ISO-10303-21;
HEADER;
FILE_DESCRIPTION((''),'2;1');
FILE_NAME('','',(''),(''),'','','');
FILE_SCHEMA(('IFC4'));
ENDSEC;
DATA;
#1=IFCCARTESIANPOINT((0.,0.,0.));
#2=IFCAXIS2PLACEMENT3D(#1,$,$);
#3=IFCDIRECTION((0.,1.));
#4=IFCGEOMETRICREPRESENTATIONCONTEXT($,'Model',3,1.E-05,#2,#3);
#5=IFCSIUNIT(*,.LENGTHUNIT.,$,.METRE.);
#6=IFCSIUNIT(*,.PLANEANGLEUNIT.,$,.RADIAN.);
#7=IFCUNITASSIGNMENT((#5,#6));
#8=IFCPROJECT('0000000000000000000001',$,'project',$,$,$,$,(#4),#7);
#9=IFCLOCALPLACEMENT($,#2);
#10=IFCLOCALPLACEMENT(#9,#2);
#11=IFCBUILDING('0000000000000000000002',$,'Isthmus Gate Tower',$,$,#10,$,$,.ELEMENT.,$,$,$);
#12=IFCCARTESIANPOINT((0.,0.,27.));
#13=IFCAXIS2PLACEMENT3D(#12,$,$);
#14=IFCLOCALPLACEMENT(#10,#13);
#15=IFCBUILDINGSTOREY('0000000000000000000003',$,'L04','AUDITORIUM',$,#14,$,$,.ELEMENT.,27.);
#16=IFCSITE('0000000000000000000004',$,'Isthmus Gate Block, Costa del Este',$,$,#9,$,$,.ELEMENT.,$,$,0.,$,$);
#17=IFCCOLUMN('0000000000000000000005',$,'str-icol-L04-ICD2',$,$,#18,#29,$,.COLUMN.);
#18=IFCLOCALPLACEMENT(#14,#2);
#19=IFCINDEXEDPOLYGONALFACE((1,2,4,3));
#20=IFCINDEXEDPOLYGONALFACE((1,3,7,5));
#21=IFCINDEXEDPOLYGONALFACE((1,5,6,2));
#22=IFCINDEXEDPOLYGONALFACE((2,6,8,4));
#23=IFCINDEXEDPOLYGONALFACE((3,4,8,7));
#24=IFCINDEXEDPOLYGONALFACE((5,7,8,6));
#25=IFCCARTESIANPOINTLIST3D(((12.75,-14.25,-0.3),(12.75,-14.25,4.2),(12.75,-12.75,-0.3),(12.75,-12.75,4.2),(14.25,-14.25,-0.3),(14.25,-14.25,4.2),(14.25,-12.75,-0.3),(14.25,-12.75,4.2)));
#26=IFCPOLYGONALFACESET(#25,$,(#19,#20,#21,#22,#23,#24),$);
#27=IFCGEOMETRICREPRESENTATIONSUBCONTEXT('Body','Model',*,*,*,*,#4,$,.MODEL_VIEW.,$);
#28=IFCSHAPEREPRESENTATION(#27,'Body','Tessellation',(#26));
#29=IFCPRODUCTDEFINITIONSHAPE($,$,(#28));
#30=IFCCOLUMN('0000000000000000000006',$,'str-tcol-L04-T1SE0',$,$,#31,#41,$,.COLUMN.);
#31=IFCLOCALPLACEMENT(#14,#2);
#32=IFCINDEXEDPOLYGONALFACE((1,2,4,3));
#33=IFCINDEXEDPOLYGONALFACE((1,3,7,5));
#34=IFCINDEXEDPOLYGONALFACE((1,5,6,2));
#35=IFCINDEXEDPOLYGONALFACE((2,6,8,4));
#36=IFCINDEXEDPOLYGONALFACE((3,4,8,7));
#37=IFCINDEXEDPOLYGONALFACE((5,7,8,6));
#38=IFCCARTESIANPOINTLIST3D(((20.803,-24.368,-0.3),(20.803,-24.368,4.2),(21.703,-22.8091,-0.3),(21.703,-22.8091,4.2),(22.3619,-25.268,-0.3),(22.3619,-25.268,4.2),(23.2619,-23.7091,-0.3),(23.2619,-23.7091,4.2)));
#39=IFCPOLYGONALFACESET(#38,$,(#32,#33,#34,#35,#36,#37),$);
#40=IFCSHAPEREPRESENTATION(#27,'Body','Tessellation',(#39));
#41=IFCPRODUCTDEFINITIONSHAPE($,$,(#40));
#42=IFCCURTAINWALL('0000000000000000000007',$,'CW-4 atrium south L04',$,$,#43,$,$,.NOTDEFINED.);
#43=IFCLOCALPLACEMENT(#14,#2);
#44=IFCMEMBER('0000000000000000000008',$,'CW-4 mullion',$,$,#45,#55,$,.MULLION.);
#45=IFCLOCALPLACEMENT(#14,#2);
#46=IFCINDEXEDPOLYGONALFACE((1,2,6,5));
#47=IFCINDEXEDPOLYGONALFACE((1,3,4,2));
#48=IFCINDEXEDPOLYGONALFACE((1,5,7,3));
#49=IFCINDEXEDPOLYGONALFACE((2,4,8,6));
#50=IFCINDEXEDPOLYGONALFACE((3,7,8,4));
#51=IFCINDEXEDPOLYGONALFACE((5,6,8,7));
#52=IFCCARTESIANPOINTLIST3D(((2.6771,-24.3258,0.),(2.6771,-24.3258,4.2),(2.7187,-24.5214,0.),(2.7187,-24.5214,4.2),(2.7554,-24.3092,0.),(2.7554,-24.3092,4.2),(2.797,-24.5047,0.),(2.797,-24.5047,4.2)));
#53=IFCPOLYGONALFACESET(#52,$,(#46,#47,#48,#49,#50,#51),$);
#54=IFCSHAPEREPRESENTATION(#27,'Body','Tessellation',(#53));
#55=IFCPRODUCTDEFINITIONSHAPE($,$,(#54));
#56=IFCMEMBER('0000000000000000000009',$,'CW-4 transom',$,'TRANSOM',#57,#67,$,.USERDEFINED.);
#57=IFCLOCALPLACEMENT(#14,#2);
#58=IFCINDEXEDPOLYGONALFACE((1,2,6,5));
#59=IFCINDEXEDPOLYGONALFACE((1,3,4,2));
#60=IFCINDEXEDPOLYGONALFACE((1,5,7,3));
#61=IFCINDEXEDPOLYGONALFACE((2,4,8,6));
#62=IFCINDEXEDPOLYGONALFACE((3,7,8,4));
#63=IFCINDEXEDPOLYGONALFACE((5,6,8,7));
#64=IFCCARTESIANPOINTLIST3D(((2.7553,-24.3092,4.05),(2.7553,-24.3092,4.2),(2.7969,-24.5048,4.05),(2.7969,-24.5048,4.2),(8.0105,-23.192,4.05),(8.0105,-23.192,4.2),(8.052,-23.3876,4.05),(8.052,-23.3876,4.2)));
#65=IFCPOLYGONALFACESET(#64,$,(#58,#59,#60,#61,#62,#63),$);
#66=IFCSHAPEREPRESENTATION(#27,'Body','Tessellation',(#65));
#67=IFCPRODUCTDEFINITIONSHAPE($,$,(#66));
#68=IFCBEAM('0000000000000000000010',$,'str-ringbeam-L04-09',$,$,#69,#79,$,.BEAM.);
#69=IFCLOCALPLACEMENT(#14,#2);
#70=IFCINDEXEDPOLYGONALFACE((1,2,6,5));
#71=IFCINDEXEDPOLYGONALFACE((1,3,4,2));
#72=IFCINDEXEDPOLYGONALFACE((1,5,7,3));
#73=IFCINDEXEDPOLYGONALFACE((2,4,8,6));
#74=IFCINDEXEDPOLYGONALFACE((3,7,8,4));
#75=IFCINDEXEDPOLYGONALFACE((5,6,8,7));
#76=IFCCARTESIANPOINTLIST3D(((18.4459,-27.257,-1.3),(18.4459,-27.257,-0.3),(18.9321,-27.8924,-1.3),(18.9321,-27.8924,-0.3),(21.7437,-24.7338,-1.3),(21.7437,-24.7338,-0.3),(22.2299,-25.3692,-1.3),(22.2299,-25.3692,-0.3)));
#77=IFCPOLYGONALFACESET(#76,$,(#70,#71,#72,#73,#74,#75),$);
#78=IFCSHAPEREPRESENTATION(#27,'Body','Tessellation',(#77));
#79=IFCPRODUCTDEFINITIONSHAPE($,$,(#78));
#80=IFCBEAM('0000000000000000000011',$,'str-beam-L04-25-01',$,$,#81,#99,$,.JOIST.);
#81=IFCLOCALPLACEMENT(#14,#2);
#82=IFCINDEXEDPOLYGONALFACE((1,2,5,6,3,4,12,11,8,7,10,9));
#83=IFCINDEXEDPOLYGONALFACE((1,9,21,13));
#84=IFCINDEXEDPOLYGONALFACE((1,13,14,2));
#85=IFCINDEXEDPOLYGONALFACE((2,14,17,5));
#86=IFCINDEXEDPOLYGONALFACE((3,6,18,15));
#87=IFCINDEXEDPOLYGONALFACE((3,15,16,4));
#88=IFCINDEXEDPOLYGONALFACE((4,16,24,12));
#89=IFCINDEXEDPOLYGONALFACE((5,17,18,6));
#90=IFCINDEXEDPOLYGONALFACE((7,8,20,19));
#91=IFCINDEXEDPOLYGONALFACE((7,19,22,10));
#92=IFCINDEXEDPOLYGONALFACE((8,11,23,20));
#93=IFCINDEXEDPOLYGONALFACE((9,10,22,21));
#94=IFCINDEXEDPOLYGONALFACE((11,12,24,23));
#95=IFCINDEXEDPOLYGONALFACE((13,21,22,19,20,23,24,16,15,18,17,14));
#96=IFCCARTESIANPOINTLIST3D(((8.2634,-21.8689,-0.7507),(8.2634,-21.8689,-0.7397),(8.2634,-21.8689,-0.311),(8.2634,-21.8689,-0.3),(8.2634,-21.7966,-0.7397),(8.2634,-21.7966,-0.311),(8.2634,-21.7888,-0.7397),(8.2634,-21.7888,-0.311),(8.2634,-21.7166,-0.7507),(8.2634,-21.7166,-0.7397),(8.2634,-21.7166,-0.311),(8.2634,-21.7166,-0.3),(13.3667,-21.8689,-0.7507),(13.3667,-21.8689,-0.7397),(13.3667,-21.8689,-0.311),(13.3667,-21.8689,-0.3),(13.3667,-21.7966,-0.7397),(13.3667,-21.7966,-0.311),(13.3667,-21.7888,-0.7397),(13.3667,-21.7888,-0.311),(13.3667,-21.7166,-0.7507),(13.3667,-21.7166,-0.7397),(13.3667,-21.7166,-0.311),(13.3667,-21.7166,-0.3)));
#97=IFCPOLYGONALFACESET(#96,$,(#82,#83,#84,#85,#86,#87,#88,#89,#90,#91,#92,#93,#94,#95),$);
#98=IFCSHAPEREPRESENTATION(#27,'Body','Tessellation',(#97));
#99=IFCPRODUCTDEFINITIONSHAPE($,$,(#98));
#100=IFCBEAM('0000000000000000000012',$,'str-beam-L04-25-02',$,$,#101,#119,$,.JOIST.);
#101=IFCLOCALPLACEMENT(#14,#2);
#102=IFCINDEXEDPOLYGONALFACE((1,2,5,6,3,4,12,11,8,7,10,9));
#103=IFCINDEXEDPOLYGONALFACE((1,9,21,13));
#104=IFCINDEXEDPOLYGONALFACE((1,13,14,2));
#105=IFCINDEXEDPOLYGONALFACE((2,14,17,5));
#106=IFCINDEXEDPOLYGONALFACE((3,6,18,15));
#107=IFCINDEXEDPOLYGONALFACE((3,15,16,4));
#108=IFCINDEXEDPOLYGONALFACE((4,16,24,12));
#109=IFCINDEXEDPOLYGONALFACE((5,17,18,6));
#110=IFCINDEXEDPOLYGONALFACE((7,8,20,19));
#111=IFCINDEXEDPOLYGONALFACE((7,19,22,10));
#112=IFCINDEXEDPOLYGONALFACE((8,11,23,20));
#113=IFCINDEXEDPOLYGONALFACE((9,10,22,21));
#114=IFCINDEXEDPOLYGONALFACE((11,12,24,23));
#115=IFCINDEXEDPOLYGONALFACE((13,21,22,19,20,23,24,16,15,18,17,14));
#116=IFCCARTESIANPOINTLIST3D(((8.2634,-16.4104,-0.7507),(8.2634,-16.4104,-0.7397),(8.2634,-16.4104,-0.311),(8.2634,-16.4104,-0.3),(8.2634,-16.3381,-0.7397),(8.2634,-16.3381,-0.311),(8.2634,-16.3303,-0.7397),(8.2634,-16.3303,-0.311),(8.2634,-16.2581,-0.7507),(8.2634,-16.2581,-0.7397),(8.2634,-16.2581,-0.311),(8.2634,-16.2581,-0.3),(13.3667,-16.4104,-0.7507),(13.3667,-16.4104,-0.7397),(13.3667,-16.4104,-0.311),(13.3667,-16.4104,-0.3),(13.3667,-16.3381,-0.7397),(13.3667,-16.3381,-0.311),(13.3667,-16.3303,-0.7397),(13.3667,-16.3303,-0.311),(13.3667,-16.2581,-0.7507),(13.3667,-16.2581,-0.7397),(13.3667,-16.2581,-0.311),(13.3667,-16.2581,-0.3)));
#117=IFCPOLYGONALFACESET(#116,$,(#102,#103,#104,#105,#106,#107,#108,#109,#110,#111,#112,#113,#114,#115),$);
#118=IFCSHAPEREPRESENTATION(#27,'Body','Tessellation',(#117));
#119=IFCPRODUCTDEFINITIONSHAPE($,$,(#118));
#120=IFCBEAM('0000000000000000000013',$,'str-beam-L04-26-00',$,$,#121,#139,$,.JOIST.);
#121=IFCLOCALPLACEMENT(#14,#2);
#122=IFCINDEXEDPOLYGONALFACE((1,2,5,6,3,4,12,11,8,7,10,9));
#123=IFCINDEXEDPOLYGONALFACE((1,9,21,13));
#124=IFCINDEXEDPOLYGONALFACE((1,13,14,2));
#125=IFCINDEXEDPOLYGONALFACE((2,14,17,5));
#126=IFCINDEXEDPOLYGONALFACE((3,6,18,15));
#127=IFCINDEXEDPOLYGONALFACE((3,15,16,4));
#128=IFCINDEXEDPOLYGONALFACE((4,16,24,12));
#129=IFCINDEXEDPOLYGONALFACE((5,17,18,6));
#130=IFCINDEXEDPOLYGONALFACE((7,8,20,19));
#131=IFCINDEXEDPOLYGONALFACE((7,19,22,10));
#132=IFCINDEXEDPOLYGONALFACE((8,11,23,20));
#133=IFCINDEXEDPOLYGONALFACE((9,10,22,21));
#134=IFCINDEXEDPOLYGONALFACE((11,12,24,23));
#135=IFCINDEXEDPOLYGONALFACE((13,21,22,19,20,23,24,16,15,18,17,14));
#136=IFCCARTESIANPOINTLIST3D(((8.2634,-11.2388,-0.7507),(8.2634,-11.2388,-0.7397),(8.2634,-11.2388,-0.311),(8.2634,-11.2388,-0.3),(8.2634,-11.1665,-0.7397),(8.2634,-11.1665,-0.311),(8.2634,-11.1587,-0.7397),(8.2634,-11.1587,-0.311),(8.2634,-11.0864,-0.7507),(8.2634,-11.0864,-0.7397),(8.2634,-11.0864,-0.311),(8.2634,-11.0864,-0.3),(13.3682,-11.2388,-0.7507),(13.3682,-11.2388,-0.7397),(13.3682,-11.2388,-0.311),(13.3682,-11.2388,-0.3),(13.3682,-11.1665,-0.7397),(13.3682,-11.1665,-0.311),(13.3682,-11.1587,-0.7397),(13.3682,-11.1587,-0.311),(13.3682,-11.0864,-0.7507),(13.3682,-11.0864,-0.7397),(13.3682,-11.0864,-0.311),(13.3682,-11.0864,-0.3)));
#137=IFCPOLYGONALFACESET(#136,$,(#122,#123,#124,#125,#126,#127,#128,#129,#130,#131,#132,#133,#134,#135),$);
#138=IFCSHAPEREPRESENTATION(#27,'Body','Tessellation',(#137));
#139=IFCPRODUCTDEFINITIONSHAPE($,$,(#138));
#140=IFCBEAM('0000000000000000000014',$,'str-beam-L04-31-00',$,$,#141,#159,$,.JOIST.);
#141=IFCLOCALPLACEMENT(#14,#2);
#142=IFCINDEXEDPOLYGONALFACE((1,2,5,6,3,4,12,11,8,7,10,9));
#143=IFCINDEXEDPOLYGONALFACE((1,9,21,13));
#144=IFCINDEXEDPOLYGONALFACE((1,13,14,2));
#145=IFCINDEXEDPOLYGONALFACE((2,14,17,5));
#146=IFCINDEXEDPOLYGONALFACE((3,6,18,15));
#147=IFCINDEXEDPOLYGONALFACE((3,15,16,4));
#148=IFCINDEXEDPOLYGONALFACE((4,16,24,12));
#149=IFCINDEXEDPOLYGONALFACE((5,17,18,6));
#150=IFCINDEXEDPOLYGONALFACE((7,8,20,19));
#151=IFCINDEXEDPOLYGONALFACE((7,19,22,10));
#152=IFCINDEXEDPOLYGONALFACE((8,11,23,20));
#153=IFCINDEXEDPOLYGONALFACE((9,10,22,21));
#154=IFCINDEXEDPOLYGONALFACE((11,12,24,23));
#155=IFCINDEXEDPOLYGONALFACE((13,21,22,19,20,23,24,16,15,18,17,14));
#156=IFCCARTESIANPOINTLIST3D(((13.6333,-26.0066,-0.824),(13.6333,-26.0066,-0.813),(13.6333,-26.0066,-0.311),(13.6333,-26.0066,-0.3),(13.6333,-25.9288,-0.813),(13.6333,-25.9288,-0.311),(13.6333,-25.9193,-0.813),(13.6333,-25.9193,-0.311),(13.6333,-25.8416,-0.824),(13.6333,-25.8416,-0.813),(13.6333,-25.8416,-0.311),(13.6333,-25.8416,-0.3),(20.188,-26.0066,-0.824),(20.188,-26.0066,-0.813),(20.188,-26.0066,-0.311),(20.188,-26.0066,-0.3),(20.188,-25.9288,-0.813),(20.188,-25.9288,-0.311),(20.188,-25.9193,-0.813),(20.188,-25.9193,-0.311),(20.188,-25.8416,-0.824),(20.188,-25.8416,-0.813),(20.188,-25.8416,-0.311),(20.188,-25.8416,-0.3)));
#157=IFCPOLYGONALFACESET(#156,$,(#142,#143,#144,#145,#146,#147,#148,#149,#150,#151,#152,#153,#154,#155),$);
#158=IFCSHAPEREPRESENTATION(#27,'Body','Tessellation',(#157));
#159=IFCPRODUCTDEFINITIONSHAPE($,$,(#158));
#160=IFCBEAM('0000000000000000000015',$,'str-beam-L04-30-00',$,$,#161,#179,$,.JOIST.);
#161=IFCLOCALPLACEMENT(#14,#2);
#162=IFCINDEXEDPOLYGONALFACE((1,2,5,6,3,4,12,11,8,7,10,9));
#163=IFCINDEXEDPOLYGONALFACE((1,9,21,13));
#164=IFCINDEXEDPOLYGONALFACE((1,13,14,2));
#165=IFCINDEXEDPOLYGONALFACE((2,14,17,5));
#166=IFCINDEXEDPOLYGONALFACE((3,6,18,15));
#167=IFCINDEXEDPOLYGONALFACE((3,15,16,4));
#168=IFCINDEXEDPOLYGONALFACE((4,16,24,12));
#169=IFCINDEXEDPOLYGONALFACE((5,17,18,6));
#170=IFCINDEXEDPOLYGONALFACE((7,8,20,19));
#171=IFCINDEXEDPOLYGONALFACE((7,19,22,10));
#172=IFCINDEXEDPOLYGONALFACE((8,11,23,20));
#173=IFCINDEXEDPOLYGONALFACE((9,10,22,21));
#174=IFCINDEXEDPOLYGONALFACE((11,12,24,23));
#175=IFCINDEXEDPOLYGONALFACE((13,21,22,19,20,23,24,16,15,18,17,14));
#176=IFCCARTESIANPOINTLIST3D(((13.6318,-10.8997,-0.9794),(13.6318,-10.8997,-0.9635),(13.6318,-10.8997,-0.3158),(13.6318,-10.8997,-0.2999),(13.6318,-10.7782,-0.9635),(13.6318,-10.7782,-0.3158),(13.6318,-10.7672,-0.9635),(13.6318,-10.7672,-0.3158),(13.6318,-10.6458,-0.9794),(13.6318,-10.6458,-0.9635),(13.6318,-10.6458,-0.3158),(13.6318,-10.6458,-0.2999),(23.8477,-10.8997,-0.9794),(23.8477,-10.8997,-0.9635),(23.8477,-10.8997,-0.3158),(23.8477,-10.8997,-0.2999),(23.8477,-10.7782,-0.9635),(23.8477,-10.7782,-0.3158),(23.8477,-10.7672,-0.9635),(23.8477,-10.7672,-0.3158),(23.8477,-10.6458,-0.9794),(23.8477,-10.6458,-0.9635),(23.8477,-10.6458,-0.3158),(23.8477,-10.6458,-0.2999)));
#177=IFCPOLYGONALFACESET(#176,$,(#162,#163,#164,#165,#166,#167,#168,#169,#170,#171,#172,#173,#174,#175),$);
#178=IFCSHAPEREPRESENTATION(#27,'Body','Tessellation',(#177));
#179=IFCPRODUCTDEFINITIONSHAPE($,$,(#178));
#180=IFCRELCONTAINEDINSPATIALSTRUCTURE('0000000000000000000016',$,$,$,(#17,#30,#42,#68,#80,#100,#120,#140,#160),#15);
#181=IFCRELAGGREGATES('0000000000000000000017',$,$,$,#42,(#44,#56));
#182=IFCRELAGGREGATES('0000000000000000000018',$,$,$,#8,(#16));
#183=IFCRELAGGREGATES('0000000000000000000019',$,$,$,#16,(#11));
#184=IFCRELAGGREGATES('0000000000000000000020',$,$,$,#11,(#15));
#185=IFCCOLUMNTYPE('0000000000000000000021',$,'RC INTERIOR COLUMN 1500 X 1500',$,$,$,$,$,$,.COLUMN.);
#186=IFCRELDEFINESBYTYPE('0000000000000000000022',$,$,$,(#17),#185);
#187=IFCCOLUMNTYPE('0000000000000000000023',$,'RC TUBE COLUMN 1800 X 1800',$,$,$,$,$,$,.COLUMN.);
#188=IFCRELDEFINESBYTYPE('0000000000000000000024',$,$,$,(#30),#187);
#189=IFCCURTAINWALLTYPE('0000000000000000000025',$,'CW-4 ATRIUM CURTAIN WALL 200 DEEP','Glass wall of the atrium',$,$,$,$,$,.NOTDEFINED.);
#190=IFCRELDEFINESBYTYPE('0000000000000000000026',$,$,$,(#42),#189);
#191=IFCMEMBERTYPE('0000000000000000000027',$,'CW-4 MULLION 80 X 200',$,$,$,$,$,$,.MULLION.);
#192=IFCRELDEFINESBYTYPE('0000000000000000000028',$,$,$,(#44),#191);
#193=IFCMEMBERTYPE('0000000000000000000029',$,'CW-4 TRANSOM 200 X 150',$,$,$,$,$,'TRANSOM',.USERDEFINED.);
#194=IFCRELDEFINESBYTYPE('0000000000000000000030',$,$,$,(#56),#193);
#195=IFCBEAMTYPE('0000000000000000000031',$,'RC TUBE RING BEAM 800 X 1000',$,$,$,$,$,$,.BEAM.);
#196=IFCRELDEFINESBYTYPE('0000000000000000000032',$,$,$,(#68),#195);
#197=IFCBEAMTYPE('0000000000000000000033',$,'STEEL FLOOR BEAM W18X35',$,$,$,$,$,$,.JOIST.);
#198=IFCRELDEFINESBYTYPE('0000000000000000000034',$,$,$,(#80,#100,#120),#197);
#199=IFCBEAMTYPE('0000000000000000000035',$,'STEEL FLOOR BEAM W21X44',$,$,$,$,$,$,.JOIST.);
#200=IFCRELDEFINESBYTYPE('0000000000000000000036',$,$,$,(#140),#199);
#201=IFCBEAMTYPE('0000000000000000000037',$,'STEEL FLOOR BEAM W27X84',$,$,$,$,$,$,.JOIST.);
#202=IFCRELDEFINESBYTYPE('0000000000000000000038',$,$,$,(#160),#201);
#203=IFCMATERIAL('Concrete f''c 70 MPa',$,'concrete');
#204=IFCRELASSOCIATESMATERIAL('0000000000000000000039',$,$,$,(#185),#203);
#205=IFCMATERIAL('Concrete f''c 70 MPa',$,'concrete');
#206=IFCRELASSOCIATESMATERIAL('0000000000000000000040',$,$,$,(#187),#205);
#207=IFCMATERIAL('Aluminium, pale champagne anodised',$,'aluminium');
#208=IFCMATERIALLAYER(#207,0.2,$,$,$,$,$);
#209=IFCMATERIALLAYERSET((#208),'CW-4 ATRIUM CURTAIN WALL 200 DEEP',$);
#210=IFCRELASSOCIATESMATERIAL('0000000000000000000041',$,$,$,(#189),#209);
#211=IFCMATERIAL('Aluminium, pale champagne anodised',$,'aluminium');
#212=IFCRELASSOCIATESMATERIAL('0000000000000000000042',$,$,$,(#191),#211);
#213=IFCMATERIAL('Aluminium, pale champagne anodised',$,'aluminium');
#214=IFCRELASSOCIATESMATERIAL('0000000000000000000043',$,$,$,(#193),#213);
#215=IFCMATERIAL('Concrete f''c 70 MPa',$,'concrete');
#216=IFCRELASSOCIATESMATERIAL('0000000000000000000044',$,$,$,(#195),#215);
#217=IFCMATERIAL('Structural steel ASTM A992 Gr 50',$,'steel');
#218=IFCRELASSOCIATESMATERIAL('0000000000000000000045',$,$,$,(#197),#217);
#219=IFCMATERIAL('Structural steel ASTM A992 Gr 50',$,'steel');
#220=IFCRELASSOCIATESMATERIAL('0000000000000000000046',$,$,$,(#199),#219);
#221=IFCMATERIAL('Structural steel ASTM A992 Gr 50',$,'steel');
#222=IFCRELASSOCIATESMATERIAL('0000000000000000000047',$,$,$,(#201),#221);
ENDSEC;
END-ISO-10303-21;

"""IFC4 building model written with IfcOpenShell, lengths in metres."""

from ifc_helpers import new_model, si_unit, direction, frame, origin, origin_2d, place, context, subcontext, project, spatial, rectangle, i_section, extrude, material, layer, layer_set, material_profile, profile_set, type_object, element, aggregate, save


model = new_model("IFC4")

# Units and contexts
model_context = context("Model", 3, precision=1e-05, world=origin(), true_north=direction((0.0, 1.0)))
body_context = subcontext(model_context, "Body", "Model", "MODEL_VIEW")
ifc_project = project(units=[si_unit("LENGTHUNIT", "METRE"), si_unit("PLANEANGLEUNIT", "RADIAN")], contexts=[model_context])

# Site, building, storey
site_placement = place(None, origin())
site = spatial("IfcSite", under=ifc_project, at=site_placement, Name="Isthmus Gate Block, Costa del Este", CompositionType="ELEMENT", RefElevation=0.0)
building_placement = place(site_placement, origin())
building = spatial("IfcBuilding", under=site, at=building_placement, Name="Isthmus Gate Tower", CompositionType="ELEMENT")
storey_placement = place(building_placement, frame((0.0, 0.0, 27.0)))
storey = spatial("IfcBuildingStorey", under=building, at=storey_placement, Name="L04", Description="AUDITORIUM", CompositionType="ELEMENT", Elevation=27.0)

# Columns
ifc_material_1 = material(Name="Concrete f'c 70 MPa", Category="concrete")
ifc_material_profile_1 = material_profile(ifc_material_1, rectangle(XDim=1.5, YDim=1.5, at=origin_2d()), Name="RC 1500X1500")
ifc_profile_set_1 = profile_set([ifc_material_profile_1], Name="Concrete f'c 70 MPa")
column_type_1 = type_object("IfcColumnType", Name="RC INTERIOR COLUMN 1500 X 1500", PredefinedType="COLUMN", material=ifc_profile_set_1)
column_1_placement = place(storey_placement, frame((13.5, -13.5, -0.3), z_axis=(0.0, 0.0, 1.0), x_axis=(1.0, 0.0, 0.0)))
element("IfcColumn", 1, at=column_1_placement, inside=storey, type_object=column_type_1, Name="str-icol-L04-ICD2", PredefinedType="COLUMN", context=body_context, shape_type="SweptSolid", body=[
    extrude(rectangle(XDim=1.5, YDim=1.5, at=origin_2d()), origin(), (0.0, 0.0, 1.0), 4.5),
])
ifc_material_2 = material(Name="Concrete f'c 70 MPa", Category="concrete")
ifc_material_profile_2 = material_profile(ifc_material_2, rectangle(XDim=1.8, YDim=1.8, at=origin_2d()), Name="RC 1800X1800")
ifc_profile_set_2 = profile_set([ifc_material_profile_2], Name="Concrete f'c 70 MPa")
column_type_2 = type_object("IfcColumnType", Name="RC TUBE COLUMN 1800 X 1800", PredefinedType="COLUMN", material=ifc_profile_set_2)
column_2_placement = place(storey_placement, frame((22.0325, -24.0386, -0.3), z_axis=(0.0, 0.0, 1.0), x_axis=(0.5, 0.866025, 0.0)))
element("IfcColumn", 2, at=column_2_placement, inside=storey, type_object=column_type_2, Name="str-tcol-L04-T1SE0", PredefinedType="COLUMN", context=body_context, shape_type="SweptSolid", body=[
    extrude(rectangle(XDim=1.8, YDim=1.8, at=origin_2d()), origin(), (0.0, 0.0, 1.0), 4.5),
])

# Curtain wall, members
ifc_material_3 = material(Name="Aluminium, pale champagne anodised", Category="aluminium")
ifc_layer_1 = layer(ifc_material_3, 0.2)
ifc_layer_set_1 = layer_set([ifc_layer_1], Name="CW-4 ATRIUM CURTAIN WALL 200 DEEP")
curtain_wall_type = type_object("IfcCurtainWallType", Name="CW-4 ATRIUM CURTAIN WALL 200 DEEP", Description="Glass wall of the atrium", PredefinedType="NOTDEFINED", material=ifc_layer_set_1)
curtain_wall_placement = place(storey_placement, origin())
curtain_wall = element("IfcCurtainWall", 3, at=curtain_wall_placement, inside=storey, type_object=curtain_wall_type, Name="CW-4 atrium south L04", PredefinedType="NOTDEFINED")
ifc_material_4 = material(Name="Aluminium, pale champagne anodised", Category="aluminium")
ifc_material_profile_3 = material_profile(ifc_material_4, rectangle(XDim=0.0801, YDim=0.2, at=origin_2d()), Name="80x200")
ifc_profile_set_3 = profile_set([ifc_material_profile_3], Name="Aluminium, pale champagne anodised")
member_type_1 = type_object("IfcMemberType", Name="CW-4 MULLION 80 X 200", PredefinedType="MULLION", material=ifc_profile_set_3)
member_1_placement = place(storey_placement, frame((2.7371, -24.4153, 0.0), z_axis=(0.0, 0.0, 1.0), x_axis=(0.978148, 0.207912, 0.0)))
member_1 = element("IfcMember", 4, at=member_1_placement, type_object=member_type_1, Name="CW-4 mullion", PredefinedType="MULLION", context=body_context, shape_type="SweptSolid", body=[
    extrude(rectangle(XDim=0.0801, YDim=0.2, at=origin_2d()), origin(), (0.0, 0.0, 1.0), 4.2),
])
ifc_material_5 = material(Name="Aluminium, pale champagne anodised", Category="aluminium")
ifc_material_profile_4 = material_profile(ifc_material_5, rectangle(XDim=0.2, YDim=0.1499, at=origin_2d()), Name="200x150")
ifc_profile_set_4 = profile_set([ifc_material_profile_4], Name="Aluminium, pale champagne anodised")
member_type_2 = type_object("IfcMemberType", Name="CW-4 TRANSOM 200 X 150", ElementType="TRANSOM", PredefinedType="USERDEFINED", material=ifc_profile_set_4)
member_2_placement = place(storey_placement, frame((2.7761, -24.407, 4.125), z_axis=(0.978141, 0.207943, 0.0), x_axis=(-0.207943, 0.978141, 0.0)))
member_2 = element("IfcMember", 5, at=member_2_placement, type_object=member_type_2, Name="CW-4 transom", ObjectType="TRANSOM", PredefinedType="USERDEFINED", context=body_context, shape_type="SweptSolid", body=[
    extrude(rectangle(XDim=0.2, YDim=0.1499, at=origin_2d()), origin(), (0.0, 0.0, 1.0), 5.3726),
])

# Beams
ifc_material_6 = material(Name="Concrete f'c 70 MPa", Category="concrete")
ifc_material_profile_5 = material_profile(ifc_material_6, rectangle(XDim=0.8, YDim=1.0, at=origin_2d()), Name="RC 800X1000")
ifc_profile_set_5 = profile_set([ifc_material_profile_5], Name="Concrete f'c 70 MPa")
beam_type_1 = type_object("IfcBeamType", Name="RC TUBE RING BEAM 800 X 1000", PredefinedType="BEAM", material=ifc_profile_set_5)
beam_1_placement = place(storey_placement, frame((21.9868, -25.0515, -0.8), z_axis=(-0.794206, -0.607649, 0.0), x_axis=(0.607649, -0.794206, 0.0)))
element("IfcBeam", 6, at=beam_1_placement, inside=storey, type_object=beam_type_1, Name="str-ringbeam-L04-09", PredefinedType="BEAM", context=body_context, shape_type="SweptSolid", body=[
    extrude(rectangle(XDim=0.8, YDim=1.0, at=origin_2d()), origin(), (0.0, 0.0, 1.0), 4.1523),
])
ifc_material_7 = material(Name="Structural steel ASTM A992 Gr 50", Category="steel")
ifc_material_profile_6 = material_profile(ifc_material_7, i_section(OverallWidth=0.1523, OverallDepth=0.4507, WebThickness=0.0078, FlangeThickness=0.011, at=origin_2d()), Name="W18X35")
ifc_profile_set_6 = profile_set([ifc_material_profile_6], Name="Structural steel ASTM A992 Gr 50")
beam_type_2 = type_object("IfcBeamType", Name="STEEL FLOOR BEAM W18X35", PredefinedType="JOIST", material=ifc_profile_set_6)
for number, where, z_axis, x_axis, name in (
    (7, (8.2634, -21.7927, -0.5254), (1.0, 0.0, 0.0), (0.0, 1.0, 0.0), "str-beam-L04-25-01"),
    (8, (8.2634, -16.3342, -0.5254), (1.0, 0.0, 0.0), (0.0, 1.0, 0.0), "str-beam-L04-25-02"),
):
    element("IfcBeam", number, at=place(storey_placement, frame(where, z_axis=z_axis, x_axis=x_axis)), inside=storey, type_object=beam_type_2, Name=name, PredefinedType="JOIST", context=body_context, shape_type="SweptSolid", body=[
        extrude(i_section(OverallWidth=0.1523, OverallDepth=0.4507, WebThickness=0.0078, FlangeThickness=0.011, at=origin_2d()), origin(), (0.0, 0.0, 1.0), 5.1033),
    ])
beam_2_placement = place(storey_placement, frame((8.2634, -11.1626, -0.5254), z_axis=(1.0, 0.0, 0.0), x_axis=(0.0, 1.0, 0.0)))
element("IfcBeam", 9, at=beam_2_placement, inside=storey, type_object=beam_type_2, Name="str-beam-L04-26-00", PredefinedType="JOIST", context=body_context, shape_type="SweptSolid", body=[
    extrude(i_section(OverallWidth=0.1523, OverallDepth=0.4507, WebThickness=0.0078, FlangeThickness=0.011, at=origin_2d()), origin(), (0.0, 0.0, 1.0), 5.1047),
])
ifc_material_8 = material(Name="Structural steel ASTM A992 Gr 50", Category="steel")
ifc_material_profile_7 = material_profile(ifc_material_8, i_section(OverallWidth=0.165, OverallDepth=0.5239, WebThickness=0.0095, FlangeThickness=0.011, at=origin_2d()), Name="W21X44")
ifc_profile_set_7 = profile_set([ifc_material_profile_7], Name="Structural steel ASTM A992 Gr 50")
beam_type_3 = type_object("IfcBeamType", Name="STEEL FLOOR BEAM W21X44", PredefinedType="JOIST", material=ifc_profile_set_7)
beam_3_placement = place(storey_placement, frame((13.6333, -25.9241, -0.562), z_axis=(1.0, 0.0, 0.0), x_axis=(0.0, 1.0, 0.0)))
element("IfcBeam", 10, at=beam_3_placement, inside=storey, type_object=beam_type_3, Name="str-beam-L04-31-00", PredefinedType="JOIST", context=body_context, shape_type="SweptSolid", body=[
    extrude(i_section(OverallWidth=0.165, OverallDepth=0.5239, WebThickness=0.0095, FlangeThickness=0.011, at=origin_2d()), origin(), (0.0, 0.0, 1.0), 6.5547),
])
ifc_material_9 = material(Name="Structural steel ASTM A992 Gr 50", Category="steel")
ifc_material_profile_8 = material_profile(ifc_material_9, i_section(OverallWidth=0.2539, OverallDepth=0.6794, WebThickness=0.011, FlangeThickness=0.0159, at=origin_2d()), Name="W27X84")
ifc_profile_set_8 = profile_set([ifc_material_profile_8], Name="Structural steel ASTM A992 Gr 50")
beam_type_4 = type_object("IfcBeamType", Name="STEEL FLOOR BEAM W27X84", PredefinedType="JOIST", material=ifc_profile_set_8)
beam_4_placement = place(storey_placement, frame((13.6318, -10.7727, -0.6396), z_axis=(1.0, 0.0, 0.0), x_axis=(0.0, 1.0, 0.0)))
element("IfcBeam", 11, at=beam_4_placement, inside=storey, type_object=beam_type_4, Name="str-beam-L04-30-00", PredefinedType="JOIST", context=body_context, shape_type="SweptSolid", body=[
    extrude(i_section(OverallWidth=0.2539, OverallDepth=0.6794, WebThickness=0.011, FlangeThickness=0.0159, at=origin_2d()), origin(), (0.0, 0.0, 1.0), 10.2158),
])

aggregate(curtain_wall, [member_1, member_2])

save(model, "model.ifc")
